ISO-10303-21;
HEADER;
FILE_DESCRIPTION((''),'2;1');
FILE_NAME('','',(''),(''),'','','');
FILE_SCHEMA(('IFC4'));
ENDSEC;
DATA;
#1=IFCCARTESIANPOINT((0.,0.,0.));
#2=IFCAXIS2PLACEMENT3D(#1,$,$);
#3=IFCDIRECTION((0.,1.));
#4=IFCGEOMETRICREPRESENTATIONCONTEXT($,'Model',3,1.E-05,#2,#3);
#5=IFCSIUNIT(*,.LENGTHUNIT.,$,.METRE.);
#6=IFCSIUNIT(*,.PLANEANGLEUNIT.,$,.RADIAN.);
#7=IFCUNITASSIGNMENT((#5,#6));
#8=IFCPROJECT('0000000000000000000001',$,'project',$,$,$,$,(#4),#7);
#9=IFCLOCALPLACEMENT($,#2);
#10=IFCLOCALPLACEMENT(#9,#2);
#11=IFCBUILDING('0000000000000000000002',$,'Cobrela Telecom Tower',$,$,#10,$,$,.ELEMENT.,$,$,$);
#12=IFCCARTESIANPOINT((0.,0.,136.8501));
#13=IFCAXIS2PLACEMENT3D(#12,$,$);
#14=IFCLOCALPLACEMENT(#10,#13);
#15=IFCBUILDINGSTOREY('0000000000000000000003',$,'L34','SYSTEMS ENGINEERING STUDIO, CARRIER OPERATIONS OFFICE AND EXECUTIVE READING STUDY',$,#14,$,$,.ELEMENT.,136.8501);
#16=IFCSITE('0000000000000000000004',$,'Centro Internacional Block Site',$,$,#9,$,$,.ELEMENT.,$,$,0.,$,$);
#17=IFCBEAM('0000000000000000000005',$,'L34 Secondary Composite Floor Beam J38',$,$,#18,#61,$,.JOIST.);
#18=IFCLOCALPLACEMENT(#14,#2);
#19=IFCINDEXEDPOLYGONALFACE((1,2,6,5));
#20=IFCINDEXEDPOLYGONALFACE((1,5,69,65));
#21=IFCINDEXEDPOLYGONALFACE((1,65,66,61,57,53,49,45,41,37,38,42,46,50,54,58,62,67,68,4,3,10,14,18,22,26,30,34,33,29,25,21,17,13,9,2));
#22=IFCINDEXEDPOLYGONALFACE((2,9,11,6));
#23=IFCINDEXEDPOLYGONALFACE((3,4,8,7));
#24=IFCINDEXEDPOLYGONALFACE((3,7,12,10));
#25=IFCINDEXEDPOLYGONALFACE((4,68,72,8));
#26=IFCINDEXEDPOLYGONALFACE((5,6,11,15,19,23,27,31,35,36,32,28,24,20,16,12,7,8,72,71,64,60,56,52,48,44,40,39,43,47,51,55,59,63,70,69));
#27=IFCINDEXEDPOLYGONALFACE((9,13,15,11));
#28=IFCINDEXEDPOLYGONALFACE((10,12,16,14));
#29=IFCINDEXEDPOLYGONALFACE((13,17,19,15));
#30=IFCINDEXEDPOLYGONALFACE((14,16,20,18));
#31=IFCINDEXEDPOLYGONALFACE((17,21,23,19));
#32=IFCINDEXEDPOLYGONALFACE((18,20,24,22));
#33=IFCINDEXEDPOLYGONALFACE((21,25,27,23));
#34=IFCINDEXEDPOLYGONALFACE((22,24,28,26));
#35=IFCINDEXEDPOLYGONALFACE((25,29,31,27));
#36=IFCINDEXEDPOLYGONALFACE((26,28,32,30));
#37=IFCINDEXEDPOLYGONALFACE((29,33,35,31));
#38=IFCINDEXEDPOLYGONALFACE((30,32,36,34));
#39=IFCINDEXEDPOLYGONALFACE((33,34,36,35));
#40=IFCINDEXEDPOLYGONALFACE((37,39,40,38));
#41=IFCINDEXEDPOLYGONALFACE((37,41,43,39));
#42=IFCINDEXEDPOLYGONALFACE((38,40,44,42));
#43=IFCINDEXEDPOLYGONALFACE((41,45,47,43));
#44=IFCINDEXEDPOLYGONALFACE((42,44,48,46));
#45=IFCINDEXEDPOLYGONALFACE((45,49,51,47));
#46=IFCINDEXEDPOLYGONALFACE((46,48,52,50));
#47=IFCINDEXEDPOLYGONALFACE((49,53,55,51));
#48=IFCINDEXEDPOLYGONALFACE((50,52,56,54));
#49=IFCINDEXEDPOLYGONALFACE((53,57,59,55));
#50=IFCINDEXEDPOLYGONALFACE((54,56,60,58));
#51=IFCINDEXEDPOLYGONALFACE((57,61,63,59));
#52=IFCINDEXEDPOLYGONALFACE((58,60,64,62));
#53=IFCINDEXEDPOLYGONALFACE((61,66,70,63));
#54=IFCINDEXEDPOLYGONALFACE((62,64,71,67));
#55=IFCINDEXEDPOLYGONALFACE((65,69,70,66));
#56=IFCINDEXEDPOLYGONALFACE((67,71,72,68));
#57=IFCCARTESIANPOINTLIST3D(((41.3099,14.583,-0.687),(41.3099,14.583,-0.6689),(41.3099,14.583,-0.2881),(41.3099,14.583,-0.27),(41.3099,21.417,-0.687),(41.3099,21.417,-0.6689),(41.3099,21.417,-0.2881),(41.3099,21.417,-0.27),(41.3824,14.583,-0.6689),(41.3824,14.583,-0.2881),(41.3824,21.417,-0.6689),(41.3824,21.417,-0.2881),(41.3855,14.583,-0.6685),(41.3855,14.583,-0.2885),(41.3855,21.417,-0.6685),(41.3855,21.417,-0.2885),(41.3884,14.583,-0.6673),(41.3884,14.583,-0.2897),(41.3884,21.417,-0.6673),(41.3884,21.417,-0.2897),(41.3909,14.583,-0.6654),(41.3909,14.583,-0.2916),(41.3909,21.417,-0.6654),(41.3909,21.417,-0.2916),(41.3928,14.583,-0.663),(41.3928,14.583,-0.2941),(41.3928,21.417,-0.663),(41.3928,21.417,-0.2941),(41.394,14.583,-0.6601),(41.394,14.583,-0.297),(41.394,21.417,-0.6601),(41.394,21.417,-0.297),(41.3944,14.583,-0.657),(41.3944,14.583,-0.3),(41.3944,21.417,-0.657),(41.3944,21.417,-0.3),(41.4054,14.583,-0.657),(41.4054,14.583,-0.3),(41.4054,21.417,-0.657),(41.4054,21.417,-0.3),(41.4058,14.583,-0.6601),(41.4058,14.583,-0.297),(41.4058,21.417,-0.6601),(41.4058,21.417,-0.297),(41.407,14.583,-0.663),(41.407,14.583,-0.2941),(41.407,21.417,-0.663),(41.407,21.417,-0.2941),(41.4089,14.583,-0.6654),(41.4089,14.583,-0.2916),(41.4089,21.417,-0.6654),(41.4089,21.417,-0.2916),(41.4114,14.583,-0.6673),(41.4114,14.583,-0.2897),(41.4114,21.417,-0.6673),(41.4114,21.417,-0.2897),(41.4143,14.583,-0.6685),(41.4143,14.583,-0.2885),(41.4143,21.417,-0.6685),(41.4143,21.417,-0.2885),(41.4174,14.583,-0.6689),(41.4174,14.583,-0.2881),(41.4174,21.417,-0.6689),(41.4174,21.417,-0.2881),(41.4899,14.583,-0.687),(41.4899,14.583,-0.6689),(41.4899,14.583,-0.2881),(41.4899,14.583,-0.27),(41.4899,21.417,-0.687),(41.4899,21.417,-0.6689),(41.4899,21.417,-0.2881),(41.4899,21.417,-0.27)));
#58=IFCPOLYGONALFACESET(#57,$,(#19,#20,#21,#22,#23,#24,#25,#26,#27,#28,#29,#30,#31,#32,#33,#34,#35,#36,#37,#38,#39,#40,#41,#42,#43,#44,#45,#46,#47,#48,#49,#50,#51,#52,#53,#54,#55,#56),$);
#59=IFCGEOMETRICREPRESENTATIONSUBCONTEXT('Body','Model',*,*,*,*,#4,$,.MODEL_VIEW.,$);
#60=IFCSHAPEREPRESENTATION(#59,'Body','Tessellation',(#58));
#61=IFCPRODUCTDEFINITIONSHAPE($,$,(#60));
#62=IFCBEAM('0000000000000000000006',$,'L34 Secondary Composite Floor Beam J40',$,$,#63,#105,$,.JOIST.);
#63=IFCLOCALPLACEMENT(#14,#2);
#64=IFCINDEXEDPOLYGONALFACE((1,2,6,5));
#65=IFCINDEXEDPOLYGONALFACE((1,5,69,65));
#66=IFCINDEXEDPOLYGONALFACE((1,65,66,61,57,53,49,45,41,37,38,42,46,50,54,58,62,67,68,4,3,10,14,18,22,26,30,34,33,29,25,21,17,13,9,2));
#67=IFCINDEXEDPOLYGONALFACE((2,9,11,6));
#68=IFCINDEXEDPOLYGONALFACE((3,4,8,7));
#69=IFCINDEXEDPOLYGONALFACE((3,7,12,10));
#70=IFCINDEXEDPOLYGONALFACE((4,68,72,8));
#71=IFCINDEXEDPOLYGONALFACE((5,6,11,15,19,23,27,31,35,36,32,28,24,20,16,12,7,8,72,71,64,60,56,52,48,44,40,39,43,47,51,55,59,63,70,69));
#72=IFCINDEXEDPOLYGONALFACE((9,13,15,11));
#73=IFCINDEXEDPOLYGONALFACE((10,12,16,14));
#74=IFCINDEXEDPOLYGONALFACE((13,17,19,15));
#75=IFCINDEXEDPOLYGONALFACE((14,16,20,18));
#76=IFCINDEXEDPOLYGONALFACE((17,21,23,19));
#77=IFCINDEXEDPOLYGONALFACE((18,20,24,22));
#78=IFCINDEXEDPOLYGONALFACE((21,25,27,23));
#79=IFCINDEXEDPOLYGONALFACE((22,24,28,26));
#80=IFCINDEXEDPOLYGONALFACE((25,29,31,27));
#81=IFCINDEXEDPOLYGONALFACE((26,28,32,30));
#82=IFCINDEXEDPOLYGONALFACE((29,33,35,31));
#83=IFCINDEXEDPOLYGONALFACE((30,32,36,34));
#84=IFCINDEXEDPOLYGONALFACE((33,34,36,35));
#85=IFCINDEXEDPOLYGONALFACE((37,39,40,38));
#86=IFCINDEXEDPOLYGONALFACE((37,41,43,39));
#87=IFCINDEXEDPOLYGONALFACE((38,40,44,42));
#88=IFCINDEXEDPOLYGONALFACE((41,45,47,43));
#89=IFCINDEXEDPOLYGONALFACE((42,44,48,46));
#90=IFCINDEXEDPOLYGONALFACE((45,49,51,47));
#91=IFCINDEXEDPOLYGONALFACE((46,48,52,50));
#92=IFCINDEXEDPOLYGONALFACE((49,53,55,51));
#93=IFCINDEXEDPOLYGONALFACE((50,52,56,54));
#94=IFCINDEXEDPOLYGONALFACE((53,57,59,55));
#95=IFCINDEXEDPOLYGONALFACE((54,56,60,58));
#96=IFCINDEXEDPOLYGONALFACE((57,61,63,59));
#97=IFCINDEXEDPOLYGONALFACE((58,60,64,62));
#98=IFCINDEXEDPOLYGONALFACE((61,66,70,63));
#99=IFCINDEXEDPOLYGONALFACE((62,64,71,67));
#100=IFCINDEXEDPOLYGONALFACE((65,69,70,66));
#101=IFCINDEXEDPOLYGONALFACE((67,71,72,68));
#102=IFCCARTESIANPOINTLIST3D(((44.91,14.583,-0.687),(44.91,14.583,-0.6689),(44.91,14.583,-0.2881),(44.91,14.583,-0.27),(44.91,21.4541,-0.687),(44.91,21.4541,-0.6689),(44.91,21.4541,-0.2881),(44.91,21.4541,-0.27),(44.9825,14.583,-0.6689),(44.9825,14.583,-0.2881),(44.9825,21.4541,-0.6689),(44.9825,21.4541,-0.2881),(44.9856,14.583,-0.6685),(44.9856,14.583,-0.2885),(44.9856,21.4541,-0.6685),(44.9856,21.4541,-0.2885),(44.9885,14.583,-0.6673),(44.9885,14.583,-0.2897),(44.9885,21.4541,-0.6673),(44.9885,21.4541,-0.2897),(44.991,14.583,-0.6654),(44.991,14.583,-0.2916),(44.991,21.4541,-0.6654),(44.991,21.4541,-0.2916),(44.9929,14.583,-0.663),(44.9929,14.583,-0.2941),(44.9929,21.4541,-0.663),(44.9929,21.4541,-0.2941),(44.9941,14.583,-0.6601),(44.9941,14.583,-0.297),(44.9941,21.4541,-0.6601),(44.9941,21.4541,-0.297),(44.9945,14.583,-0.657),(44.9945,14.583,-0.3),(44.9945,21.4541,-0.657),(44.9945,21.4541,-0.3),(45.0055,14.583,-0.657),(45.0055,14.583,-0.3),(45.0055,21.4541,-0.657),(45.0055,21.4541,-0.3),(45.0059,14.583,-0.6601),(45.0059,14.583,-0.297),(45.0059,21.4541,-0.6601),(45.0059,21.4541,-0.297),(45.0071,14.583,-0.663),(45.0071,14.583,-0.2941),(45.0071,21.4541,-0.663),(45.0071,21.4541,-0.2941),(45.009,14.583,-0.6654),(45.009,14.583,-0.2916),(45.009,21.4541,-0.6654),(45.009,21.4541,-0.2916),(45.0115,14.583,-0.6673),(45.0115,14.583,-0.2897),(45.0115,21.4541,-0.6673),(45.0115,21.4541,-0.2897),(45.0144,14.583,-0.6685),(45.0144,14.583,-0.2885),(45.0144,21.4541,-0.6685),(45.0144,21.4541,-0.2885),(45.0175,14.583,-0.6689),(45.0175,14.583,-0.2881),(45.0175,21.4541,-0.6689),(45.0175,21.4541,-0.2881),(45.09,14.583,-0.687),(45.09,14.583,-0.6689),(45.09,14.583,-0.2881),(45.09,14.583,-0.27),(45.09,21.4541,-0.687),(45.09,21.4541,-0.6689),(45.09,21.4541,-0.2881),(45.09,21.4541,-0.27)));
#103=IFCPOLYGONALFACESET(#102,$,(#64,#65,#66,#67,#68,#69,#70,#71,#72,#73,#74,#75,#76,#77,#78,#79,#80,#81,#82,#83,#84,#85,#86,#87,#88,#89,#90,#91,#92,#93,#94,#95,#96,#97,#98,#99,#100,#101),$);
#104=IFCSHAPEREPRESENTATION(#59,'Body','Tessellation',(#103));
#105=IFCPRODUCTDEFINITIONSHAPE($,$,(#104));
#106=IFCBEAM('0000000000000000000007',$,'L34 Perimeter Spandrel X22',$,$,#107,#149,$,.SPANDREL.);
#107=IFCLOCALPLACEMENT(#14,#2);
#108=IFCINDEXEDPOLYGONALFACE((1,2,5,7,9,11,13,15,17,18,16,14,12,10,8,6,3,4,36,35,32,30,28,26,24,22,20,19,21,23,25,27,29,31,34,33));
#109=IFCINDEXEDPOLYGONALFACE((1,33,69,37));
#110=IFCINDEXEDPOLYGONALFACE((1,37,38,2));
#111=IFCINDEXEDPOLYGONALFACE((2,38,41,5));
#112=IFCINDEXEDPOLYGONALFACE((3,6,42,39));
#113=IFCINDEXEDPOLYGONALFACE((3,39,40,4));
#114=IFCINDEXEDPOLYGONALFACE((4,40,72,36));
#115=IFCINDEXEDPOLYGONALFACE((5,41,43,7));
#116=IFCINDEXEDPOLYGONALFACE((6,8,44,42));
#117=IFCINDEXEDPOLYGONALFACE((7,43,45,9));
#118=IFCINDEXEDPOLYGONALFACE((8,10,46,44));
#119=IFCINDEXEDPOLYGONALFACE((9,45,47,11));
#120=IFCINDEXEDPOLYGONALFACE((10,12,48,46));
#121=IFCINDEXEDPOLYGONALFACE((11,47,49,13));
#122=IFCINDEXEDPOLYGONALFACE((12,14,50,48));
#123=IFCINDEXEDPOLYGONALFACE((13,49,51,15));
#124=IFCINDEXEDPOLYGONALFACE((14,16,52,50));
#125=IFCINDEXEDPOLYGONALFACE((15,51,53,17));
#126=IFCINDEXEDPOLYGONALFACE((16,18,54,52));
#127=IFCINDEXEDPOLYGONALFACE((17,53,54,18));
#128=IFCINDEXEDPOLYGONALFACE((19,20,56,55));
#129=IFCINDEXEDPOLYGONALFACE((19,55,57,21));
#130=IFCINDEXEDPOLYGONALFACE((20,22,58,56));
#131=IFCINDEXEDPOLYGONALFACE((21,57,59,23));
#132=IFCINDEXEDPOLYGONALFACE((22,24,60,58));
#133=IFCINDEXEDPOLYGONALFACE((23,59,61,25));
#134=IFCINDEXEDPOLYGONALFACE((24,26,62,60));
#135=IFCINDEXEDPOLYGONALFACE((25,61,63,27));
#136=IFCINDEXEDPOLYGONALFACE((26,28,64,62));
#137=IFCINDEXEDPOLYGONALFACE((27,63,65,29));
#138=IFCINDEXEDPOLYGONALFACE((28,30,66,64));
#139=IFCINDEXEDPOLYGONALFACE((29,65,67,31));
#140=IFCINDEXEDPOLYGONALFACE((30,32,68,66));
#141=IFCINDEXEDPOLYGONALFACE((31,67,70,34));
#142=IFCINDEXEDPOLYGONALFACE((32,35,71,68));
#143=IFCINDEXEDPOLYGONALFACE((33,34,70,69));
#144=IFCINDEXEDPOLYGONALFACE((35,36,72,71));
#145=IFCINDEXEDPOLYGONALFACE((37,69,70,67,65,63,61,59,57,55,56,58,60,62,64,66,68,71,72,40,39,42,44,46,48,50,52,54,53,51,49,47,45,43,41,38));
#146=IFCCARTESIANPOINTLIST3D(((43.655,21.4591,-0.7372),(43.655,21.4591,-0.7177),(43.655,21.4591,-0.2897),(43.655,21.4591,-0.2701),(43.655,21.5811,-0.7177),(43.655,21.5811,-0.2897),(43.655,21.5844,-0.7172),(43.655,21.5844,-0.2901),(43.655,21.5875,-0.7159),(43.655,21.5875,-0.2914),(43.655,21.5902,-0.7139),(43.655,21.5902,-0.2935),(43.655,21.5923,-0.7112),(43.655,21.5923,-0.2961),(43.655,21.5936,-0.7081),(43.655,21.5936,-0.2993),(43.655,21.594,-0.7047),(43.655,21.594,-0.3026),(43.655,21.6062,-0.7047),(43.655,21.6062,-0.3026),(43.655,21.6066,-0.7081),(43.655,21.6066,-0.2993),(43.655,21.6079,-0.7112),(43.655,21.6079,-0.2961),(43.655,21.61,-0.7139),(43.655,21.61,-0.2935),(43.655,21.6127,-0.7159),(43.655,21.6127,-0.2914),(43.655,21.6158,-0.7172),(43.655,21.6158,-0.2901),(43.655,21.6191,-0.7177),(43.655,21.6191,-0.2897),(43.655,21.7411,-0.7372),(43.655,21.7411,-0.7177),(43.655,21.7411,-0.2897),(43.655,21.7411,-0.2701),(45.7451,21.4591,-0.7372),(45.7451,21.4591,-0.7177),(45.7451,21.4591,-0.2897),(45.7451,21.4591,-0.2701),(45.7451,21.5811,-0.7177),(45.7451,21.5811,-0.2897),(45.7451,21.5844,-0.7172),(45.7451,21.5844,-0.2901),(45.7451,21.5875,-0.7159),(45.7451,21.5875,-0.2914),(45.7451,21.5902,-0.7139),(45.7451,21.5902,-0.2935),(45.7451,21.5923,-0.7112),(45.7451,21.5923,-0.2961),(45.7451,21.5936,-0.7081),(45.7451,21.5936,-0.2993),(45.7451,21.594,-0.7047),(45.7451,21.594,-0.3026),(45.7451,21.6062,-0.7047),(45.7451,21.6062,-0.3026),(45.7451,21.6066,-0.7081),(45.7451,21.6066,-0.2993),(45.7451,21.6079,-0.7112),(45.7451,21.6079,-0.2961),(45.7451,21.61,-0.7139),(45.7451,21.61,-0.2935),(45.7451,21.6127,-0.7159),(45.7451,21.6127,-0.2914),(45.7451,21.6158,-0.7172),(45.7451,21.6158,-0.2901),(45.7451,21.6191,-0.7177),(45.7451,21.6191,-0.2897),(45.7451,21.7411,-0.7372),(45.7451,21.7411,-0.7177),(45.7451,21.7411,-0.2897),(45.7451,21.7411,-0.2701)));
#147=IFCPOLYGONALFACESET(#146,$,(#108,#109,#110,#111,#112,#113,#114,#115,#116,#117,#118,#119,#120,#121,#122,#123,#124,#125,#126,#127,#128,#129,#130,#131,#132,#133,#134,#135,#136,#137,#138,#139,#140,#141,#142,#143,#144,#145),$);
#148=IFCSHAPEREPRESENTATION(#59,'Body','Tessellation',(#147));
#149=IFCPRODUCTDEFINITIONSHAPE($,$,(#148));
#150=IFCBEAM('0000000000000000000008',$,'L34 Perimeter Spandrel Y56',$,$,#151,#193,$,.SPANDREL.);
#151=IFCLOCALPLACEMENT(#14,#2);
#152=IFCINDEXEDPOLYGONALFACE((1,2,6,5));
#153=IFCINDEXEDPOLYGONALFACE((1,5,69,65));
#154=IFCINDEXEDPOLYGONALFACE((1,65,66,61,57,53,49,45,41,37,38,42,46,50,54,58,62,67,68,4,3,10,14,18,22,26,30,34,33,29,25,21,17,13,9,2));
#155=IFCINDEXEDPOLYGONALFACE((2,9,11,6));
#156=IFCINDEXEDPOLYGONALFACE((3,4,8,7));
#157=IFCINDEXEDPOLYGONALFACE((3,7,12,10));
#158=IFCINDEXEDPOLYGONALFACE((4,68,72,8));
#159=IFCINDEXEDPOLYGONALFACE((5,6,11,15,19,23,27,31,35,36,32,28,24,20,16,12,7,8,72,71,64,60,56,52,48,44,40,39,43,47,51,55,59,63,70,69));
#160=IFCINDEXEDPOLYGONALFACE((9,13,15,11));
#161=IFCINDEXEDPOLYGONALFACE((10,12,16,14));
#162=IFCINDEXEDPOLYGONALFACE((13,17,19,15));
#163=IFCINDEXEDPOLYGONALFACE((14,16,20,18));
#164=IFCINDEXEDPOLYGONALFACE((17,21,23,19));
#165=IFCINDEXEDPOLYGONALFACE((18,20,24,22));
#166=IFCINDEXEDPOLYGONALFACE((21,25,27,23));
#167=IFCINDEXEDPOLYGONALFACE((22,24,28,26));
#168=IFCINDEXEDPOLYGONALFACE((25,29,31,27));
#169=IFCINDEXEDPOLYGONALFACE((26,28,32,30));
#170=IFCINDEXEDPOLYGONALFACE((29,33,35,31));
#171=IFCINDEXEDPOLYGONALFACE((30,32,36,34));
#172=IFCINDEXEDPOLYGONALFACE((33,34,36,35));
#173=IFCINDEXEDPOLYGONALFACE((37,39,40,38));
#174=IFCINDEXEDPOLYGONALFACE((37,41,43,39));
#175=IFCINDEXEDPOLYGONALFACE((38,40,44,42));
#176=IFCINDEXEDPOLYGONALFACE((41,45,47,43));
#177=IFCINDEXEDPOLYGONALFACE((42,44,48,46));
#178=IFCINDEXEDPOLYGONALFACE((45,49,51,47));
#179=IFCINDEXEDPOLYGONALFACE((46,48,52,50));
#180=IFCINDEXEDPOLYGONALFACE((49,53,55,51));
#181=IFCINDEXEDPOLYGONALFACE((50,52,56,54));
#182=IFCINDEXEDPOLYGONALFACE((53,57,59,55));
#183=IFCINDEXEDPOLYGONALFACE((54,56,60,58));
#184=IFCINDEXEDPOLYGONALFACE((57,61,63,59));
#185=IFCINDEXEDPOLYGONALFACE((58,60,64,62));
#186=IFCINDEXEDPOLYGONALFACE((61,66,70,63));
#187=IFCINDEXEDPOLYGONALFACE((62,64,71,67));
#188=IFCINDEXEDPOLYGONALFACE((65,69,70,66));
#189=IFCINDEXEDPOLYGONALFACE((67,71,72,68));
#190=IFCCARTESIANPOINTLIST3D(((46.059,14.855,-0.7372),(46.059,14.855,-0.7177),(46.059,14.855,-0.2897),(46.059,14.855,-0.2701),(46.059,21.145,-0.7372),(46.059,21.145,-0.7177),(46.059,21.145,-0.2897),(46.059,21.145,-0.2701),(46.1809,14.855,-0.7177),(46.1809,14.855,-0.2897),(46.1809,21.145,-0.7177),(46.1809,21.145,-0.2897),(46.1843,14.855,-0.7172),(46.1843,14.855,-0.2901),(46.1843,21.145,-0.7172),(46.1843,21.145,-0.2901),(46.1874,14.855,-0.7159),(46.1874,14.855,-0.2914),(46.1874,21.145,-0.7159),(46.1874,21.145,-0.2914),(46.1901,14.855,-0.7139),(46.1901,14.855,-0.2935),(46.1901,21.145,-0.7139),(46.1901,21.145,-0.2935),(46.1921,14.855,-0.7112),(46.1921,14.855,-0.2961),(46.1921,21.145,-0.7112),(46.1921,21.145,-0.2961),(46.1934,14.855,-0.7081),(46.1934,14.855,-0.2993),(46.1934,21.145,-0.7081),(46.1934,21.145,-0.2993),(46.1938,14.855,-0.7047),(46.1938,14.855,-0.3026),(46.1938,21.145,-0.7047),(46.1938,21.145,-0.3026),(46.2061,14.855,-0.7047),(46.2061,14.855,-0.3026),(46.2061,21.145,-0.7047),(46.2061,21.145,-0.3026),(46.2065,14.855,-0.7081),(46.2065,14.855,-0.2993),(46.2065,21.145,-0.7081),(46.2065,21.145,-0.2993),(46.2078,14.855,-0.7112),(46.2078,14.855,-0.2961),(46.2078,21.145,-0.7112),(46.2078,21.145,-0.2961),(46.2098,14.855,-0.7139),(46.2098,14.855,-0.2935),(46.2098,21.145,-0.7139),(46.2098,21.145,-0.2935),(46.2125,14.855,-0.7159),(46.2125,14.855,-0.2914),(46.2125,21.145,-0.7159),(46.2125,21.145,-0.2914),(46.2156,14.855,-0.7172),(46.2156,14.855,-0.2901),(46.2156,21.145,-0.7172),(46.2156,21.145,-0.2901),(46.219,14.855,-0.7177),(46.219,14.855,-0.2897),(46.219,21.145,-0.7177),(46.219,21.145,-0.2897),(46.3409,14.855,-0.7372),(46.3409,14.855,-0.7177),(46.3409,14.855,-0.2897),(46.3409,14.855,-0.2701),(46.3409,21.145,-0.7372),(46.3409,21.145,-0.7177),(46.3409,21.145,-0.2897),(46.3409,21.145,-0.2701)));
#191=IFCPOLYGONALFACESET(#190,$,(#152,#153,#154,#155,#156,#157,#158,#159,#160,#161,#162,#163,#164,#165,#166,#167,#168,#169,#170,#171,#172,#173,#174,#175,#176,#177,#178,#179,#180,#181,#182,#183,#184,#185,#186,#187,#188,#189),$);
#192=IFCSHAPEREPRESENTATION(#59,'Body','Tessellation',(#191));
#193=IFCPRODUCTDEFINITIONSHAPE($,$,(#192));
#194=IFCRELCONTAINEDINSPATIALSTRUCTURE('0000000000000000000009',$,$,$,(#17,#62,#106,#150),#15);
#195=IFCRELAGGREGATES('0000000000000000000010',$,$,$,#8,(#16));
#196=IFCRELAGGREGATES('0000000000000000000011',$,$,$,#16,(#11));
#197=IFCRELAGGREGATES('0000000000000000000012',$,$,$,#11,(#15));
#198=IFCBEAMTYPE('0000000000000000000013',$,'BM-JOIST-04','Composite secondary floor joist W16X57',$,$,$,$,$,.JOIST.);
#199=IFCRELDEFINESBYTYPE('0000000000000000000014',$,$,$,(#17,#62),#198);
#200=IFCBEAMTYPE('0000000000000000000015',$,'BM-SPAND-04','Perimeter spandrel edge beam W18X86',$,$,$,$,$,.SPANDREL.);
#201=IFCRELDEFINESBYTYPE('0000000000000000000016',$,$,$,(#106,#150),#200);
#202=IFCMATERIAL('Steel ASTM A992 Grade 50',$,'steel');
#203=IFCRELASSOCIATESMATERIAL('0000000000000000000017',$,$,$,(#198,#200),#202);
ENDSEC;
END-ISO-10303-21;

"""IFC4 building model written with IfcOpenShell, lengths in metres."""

from ifc_helpers import new_model, si_unit, direction, frame, origin, origin_2d, place, context, subcontext, project, spatial, i_section, extrude, material, material_profile, profile_set, type_object, element, save


model = new_model("IFC4")

# Units and contexts
model_context = context("Model", 3, precision=1e-05, world=origin(), true_north=direction((0.0, 1.0)))
body_context = subcontext(model_context, "Body", "Model", "MODEL_VIEW")
ifc_project = project(units=[si_unit("LENGTHUNIT", "METRE"), si_unit("PLANEANGLEUNIT", "RADIAN")], contexts=[model_context])

# Site, building, storey
site_placement = place(None, origin())
site = spatial("IfcSite", under=ifc_project, at=site_placement, Name="Centro Internacional Block Site", CompositionType="ELEMENT", RefElevation=0.0)
building_placement = place(site_placement, origin())
building = spatial("IfcBuilding", under=site, at=building_placement, Name="Cobrela Telecom Tower", CompositionType="ELEMENT")
storey_placement = place(building_placement, frame((0.0, 0.0, 136.8501)))
storey = spatial("IfcBuildingStorey", under=building, at=storey_placement, Name="L34", Description="SYSTEMS ENGINEERING STUDIO, CARRIER OPERATIONS OFFICE AND EXECUTIVE READING STUDY", CompositionType="ELEMENT", Elevation=136.8501)

# Beams
ifc_material_1 = material(Name="Steel ASTM A992 Grade 50", Category="steel")
ifc_material_profile_1 = material_profile(ifc_material_1, i_section(OverallWidth=0.1799, OverallDepth=0.417, WebThickness=0.011, FlangeThickness=0.0181, FilletRadius=0.012, at=origin_2d()), Name="W16X57")
ifc_profile_set_1 = profile_set([ifc_material_profile_1], Name="Steel ASTM A992 Grade 50")
beam_type_1 = type_object("IfcBeamType", Name="BM-JOIST-04", Description="Composite secondary floor joist W16X57", PredefinedType="JOIST", material=ifc_profile_set_1)
for number, where, z_axis, x_axis, name in (
    (1, (41.3999, 14.583, -0.4785), (0.0, 1.0, 0.0), (-1.0, 0.0, 0.0), "L34 Secondary Composite Floor Beam J38"),
):
    element("IfcBeam", number, at=place(storey_placement, frame(where, z_axis=z_axis, x_axis=x_axis)), inside=storey, type_object=beam_type_1, Name=name, PredefinedType="JOIST", context=body_context, shape_type="SweptSolid", body=[
        extrude(i_section(OverallWidth=0.1799, OverallDepth=0.417, WebThickness=0.011, FlangeThickness=0.0181, FilletRadius=0.012, at=origin_2d()), origin(), (0.0, 0.0, 1.0), 6.834),
    ])
beam_1_placement = place(storey_placement, frame((45.0, 14.583, -0.4785), z_axis=(0.0, 1.0, 0.0), x_axis=(-1.0, 0.0, 0.0)))
element("IfcBeam", 2, at=beam_1_placement, inside=storey, type_object=beam_type_1, Name="L34 Secondary Composite Floor Beam J40", PredefinedType="JOIST", context=body_context, shape_type="SweptSolid", body=[
    extrude(i_section(OverallWidth=0.1799, OverallDepth=0.417, WebThickness=0.011, FlangeThickness=0.0181, FilletRadius=0.012, at=origin_2d()), origin(), (0.0, 0.0, 1.0), 6.8711),
])
ifc_material_profile_2 = material_profile(ifc_material_1, i_section(OverallWidth=0.282, OverallDepth=0.467, WebThickness=0.0122, FlangeThickness=0.0195, FilletRadius=0.0129, at=origin_2d()), Name="W18X86")
ifc_profile_set_2 = profile_set([ifc_material_profile_2], Name="Steel ASTM A992 Grade 50")
beam_type_2 = type_object("IfcBeamType", Name="BM-SPAND-04", Description="Perimeter spandrel edge beam W18X86", PredefinedType="SPANDREL", material=ifc_profile_set_2)
beam_2_placement = place(storey_placement, frame((43.655, 21.6001, -0.5037), z_axis=(1.0, 0.0, 0.0), x_axis=(0.0, 1.0, 0.0)))
element("IfcBeam", 3, at=beam_2_placement, inside=storey, type_object=beam_type_2, Name="L34 Perimeter Spandrel X22", PredefinedType="SPANDREL", context=body_context, shape_type="SweptSolid", body=[
    extrude(i_section(OverallWidth=0.282, OverallDepth=0.467, WebThickness=0.0122, FlangeThickness=0.0195, FilletRadius=0.0129, at=origin_2d()), origin(), (0.0, 0.0, 1.0), 2.0901),
])
beam_3_placement = place(storey_placement, frame((46.2, 14.855, -0.5037), z_axis=(0.0, 1.0, 0.0), x_axis=(-1.0, 0.0, 0.0)))
element("IfcBeam", 4, at=beam_3_placement, inside=storey, type_object=beam_type_2, Name="L34 Perimeter Spandrel Y56", PredefinedType="SPANDREL", context=body_context, shape_type="SweptSolid", body=[
    extrude(i_section(OverallWidth=0.282, OverallDepth=0.467, WebThickness=0.0122, FlangeThickness=0.0195, FilletRadius=0.0129, at=origin_2d()), origin(), (0.0, 0.0, 1.0), 6.29),
])

save(model, "model.ifc")
